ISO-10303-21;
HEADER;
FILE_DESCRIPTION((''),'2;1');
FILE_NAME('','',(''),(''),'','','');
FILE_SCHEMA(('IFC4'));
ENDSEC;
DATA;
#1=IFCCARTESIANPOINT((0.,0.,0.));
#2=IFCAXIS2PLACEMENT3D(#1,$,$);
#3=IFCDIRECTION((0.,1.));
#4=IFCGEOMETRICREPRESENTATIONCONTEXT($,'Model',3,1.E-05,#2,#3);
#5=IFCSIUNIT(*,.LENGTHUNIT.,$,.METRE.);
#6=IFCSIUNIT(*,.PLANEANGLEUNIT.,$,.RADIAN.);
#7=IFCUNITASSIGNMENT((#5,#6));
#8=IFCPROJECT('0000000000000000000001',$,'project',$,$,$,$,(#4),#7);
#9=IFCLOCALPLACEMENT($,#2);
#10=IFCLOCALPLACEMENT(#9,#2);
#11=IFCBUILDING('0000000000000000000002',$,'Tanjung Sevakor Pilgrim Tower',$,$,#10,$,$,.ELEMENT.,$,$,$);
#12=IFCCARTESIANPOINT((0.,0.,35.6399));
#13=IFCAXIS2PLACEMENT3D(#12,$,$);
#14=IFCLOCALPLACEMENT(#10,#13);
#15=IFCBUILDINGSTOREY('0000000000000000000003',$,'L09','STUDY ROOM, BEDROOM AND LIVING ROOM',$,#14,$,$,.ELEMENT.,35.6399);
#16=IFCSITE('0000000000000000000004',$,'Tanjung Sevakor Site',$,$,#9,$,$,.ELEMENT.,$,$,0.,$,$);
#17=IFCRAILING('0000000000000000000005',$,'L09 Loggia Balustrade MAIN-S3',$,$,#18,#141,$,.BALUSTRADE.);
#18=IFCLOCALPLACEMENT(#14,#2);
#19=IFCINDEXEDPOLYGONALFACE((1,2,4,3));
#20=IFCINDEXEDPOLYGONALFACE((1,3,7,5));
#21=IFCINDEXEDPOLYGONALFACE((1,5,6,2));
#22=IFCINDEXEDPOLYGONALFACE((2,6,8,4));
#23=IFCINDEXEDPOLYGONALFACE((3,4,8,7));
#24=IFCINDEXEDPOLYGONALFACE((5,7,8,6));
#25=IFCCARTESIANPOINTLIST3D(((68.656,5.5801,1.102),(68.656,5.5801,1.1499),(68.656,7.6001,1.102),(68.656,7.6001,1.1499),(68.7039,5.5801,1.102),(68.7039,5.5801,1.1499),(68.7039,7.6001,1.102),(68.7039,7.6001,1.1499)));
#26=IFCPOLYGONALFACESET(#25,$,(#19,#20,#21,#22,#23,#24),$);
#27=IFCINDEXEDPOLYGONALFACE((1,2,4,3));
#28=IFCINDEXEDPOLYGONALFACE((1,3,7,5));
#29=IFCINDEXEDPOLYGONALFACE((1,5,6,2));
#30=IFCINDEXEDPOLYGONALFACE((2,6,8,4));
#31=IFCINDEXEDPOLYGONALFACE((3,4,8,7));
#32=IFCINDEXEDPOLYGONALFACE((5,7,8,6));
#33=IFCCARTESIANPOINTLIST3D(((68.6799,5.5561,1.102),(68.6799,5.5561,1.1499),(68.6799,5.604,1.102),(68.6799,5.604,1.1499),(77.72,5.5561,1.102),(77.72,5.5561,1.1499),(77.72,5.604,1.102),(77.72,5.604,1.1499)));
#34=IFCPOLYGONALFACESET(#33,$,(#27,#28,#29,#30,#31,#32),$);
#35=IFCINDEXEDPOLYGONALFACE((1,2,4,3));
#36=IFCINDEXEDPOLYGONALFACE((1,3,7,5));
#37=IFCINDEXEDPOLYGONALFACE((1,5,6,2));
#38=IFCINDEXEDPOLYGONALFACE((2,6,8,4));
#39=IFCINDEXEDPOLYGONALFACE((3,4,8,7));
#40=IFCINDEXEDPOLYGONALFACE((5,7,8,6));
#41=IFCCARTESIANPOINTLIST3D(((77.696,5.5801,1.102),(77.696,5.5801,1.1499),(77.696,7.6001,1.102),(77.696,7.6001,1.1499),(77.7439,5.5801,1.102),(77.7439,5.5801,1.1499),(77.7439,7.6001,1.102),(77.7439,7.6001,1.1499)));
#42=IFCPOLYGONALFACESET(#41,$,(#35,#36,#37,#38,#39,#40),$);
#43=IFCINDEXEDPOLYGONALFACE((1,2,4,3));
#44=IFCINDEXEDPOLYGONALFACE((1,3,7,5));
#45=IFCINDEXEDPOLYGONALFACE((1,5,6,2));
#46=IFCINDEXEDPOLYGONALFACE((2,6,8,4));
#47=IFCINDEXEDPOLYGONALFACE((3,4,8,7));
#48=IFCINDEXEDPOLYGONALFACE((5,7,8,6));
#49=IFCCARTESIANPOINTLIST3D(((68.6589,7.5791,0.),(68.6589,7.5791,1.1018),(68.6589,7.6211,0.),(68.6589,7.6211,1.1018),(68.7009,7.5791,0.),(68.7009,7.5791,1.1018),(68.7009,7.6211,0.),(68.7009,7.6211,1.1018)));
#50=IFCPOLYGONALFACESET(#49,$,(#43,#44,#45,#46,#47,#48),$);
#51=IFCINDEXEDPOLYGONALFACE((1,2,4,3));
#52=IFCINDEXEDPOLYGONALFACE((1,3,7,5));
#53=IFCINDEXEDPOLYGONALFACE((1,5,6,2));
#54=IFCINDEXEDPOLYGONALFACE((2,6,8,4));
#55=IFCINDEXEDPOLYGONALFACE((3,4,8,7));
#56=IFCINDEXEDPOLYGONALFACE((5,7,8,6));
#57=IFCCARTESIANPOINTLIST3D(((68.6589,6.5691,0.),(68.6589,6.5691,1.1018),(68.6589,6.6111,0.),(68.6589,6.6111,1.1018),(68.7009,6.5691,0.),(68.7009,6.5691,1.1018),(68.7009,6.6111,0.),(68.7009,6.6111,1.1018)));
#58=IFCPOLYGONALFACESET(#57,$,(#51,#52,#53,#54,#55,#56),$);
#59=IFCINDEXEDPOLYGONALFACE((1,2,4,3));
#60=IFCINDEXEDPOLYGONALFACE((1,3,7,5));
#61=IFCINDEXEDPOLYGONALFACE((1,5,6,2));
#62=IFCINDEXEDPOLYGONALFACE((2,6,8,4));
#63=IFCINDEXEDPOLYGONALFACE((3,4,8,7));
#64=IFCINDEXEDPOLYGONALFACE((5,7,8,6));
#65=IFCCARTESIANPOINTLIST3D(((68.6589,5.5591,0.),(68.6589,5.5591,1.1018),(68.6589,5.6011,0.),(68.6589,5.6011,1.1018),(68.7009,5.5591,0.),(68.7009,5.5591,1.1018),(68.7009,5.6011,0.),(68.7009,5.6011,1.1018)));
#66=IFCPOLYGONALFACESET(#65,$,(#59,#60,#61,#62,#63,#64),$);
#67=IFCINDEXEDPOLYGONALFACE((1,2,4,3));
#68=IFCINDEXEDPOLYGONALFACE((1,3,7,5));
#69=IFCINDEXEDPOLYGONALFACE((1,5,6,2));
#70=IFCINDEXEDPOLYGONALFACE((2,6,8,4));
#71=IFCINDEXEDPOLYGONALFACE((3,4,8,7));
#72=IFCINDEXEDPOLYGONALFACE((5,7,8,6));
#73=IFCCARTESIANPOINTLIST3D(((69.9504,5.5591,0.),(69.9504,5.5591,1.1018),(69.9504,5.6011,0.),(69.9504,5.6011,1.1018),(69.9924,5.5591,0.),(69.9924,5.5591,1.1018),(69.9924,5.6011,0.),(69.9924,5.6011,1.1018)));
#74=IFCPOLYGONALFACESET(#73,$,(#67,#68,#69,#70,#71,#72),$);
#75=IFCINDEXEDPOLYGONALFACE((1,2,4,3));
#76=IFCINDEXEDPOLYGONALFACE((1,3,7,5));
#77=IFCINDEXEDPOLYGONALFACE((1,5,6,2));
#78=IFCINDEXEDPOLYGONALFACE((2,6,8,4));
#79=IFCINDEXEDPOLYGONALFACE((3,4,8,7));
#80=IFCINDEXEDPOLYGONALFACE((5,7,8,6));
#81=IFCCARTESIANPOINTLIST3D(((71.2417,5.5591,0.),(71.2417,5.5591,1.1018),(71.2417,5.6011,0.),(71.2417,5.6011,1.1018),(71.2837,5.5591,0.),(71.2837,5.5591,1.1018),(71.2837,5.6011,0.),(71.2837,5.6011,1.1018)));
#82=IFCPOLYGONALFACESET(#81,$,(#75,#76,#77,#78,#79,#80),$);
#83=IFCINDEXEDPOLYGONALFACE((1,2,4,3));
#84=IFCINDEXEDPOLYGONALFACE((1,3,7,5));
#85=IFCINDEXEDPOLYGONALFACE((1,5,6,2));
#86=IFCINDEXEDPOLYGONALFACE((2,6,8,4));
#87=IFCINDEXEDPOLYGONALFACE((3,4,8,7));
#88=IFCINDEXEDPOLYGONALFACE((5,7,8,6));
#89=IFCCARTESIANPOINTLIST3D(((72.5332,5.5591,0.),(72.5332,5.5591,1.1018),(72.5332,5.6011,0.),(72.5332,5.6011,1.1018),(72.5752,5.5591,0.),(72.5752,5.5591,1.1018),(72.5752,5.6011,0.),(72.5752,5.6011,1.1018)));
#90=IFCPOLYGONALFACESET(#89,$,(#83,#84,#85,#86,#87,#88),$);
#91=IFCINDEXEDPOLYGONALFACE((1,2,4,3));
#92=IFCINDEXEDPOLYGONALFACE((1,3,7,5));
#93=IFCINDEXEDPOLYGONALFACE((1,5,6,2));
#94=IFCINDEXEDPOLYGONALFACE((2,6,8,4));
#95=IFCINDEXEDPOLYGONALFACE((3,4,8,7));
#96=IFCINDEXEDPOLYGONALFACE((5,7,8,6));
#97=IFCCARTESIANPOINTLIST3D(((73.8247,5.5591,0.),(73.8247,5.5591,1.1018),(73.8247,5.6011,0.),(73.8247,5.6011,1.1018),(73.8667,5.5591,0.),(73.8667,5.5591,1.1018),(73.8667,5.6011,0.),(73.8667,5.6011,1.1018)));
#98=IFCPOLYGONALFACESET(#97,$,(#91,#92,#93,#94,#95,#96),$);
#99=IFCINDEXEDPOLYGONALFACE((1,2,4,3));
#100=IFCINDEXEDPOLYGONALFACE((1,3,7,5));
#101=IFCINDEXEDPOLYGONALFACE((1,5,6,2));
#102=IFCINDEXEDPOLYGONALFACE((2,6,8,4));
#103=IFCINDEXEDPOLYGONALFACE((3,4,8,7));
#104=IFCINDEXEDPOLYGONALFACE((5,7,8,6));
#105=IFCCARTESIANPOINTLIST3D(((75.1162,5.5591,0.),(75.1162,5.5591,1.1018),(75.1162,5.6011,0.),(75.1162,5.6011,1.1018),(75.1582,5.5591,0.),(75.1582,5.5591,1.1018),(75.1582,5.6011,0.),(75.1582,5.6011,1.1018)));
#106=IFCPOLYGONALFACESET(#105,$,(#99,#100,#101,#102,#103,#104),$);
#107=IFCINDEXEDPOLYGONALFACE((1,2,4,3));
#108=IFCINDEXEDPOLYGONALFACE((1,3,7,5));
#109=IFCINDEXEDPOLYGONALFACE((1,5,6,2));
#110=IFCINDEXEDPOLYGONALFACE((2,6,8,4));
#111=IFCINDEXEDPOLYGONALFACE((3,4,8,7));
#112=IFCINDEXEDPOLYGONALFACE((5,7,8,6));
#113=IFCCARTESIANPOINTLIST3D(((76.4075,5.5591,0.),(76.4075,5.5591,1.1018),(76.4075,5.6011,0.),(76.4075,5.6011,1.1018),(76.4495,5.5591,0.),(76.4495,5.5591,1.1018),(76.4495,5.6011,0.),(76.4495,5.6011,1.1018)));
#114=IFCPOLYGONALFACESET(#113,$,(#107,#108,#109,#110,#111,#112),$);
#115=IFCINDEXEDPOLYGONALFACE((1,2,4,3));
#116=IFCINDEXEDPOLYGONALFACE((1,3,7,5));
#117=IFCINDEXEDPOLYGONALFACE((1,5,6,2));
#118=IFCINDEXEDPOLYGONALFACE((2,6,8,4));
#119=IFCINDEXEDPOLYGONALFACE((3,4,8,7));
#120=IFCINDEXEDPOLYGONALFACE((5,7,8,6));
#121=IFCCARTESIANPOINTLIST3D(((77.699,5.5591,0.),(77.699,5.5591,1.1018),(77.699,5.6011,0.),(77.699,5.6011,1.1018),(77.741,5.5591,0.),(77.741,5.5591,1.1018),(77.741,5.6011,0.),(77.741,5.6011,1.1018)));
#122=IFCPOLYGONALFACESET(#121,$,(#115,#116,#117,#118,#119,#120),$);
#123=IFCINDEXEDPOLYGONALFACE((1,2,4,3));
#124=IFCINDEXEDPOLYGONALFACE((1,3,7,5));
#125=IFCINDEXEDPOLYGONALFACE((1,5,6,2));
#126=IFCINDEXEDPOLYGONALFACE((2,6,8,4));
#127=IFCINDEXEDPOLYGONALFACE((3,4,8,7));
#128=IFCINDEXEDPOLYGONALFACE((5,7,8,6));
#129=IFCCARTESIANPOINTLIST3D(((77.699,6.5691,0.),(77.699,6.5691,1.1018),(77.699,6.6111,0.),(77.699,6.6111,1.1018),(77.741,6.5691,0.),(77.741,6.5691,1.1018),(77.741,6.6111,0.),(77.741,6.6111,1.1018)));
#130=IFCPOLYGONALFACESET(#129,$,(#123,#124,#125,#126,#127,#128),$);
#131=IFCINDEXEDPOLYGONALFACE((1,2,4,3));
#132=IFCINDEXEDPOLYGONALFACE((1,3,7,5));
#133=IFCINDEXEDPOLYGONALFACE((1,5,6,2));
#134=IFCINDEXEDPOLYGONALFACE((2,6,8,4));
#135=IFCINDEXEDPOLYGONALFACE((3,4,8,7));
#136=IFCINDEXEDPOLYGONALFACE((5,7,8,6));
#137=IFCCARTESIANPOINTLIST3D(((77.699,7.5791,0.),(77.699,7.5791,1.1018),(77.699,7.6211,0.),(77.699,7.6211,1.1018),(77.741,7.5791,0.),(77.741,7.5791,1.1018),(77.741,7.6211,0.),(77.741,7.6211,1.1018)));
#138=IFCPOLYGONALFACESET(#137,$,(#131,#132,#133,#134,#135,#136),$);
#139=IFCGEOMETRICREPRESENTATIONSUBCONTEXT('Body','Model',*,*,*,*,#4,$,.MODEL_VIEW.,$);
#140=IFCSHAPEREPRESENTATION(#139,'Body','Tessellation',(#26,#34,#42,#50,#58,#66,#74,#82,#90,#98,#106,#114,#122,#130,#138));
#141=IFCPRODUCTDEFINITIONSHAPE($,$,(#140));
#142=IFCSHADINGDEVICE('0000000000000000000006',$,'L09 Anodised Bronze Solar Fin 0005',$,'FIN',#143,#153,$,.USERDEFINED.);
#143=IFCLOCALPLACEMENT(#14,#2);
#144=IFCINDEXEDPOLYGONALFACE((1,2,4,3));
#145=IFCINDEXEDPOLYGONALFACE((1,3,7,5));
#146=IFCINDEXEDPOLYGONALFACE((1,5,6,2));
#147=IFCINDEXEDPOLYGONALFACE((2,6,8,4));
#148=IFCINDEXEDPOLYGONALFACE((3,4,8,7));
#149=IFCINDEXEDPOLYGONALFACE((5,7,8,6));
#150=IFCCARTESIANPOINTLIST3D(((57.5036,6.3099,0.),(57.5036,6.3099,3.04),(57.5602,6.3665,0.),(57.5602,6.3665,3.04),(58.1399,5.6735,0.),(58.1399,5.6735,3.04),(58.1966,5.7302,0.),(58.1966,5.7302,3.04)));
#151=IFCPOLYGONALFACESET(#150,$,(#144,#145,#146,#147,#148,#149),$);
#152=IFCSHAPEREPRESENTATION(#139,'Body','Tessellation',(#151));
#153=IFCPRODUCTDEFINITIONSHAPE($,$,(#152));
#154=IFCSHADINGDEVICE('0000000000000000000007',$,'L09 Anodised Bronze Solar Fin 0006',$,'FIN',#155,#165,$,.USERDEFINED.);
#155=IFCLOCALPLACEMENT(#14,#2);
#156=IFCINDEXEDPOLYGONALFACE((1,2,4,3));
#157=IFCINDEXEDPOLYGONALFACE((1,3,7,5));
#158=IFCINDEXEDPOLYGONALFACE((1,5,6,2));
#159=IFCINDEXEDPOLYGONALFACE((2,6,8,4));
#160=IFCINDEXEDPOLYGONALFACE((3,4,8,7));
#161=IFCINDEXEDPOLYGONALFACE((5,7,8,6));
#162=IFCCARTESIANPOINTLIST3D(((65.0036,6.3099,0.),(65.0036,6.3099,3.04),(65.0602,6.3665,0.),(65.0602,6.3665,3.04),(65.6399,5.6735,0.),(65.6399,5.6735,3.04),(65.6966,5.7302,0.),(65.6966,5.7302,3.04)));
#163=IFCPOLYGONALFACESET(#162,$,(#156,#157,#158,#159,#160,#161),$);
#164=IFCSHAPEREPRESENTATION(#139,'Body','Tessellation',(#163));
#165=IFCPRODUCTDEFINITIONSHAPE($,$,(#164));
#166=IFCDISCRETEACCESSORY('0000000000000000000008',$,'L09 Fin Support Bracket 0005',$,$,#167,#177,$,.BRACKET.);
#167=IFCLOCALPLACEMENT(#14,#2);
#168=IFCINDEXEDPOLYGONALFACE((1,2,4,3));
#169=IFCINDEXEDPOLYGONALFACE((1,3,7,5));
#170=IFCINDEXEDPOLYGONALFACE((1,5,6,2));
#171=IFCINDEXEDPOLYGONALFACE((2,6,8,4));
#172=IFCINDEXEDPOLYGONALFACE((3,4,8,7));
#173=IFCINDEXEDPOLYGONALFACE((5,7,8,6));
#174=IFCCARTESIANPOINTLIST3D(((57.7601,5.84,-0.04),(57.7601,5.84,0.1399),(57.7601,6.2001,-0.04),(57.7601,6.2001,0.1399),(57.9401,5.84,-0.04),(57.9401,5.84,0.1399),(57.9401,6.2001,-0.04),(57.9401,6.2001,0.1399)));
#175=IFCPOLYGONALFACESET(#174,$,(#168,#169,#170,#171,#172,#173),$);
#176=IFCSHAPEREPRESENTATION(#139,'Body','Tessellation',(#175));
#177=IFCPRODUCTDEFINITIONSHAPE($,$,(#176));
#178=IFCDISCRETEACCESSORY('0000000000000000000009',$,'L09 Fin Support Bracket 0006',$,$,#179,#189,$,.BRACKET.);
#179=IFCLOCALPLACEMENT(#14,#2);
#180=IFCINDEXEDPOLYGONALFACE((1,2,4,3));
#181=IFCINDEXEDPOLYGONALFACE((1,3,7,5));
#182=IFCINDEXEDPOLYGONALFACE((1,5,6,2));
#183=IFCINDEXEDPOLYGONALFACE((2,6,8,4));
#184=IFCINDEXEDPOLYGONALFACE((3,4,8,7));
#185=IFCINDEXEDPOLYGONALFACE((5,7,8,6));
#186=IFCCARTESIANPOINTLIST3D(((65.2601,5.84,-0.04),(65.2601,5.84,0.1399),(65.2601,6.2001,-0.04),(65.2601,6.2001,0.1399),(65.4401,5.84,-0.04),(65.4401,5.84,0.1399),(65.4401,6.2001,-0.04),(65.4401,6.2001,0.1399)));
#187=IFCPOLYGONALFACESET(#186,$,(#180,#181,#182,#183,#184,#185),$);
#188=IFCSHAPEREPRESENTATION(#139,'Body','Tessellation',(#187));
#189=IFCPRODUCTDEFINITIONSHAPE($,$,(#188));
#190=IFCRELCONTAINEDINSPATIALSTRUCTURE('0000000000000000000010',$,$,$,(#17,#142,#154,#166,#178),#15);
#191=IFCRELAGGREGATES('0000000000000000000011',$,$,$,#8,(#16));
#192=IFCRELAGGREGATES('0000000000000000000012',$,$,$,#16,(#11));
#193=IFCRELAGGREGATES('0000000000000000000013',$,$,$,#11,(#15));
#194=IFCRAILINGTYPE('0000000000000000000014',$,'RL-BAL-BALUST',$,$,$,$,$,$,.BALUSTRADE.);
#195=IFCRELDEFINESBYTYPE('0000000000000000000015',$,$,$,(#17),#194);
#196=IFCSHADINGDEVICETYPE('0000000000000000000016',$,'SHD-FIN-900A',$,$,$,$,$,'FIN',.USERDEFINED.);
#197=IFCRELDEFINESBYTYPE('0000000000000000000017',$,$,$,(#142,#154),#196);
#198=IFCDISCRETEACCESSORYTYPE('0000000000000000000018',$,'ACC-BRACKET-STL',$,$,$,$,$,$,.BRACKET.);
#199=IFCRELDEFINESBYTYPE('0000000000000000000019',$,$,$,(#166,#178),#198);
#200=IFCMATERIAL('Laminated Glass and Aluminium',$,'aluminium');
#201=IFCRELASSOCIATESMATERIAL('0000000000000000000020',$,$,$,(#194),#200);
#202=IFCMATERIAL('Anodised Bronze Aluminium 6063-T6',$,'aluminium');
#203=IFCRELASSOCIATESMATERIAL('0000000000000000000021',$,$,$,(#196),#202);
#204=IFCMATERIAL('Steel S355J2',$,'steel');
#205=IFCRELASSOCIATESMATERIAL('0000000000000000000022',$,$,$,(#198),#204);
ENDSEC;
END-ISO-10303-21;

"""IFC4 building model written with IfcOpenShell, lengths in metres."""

from ifc_helpers import new_model, si_unit, direction, frame, origin, origin_2d, place, context, subcontext, project, spatial, rectangle, extrude, material, type_object, element, save


model = new_model("IFC4")

# Units and contexts
model_context = context("Model", 3, precision=1e-05, world=origin(), true_north=direction((0.0, 1.0)))
body_context = subcontext(model_context, "Body", "Model", "MODEL_VIEW")
ifc_project = project(units=[si_unit("LENGTHUNIT", "METRE"), si_unit("PLANEANGLEUNIT", "RADIAN")], contexts=[model_context])

# Site, building, storey
site_placement = place(None, origin())
site = spatial("IfcSite", under=ifc_project, at=site_placement, Name="Tanjung Sevakor Site", CompositionType="ELEMENT", RefElevation=0.0)
building_placement = place(site_placement, origin())
building = spatial("IfcBuilding", under=site, at=building_placement, Name="Tanjung Sevakor Pilgrim Tower", CompositionType="ELEMENT")
storey_placement = place(building_placement, frame((0.0, 0.0, 35.6399)))
storey = spatial("IfcBuildingStorey", under=building, at=storey_placement, Name="L09", Description="STUDY ROOM, BEDROOM AND LIVING ROOM", CompositionType="ELEMENT", Elevation=35.6399)

# Railing
ifc_material_1 = material(Name="Laminated Glass and Aluminium", Category="aluminium")
railing_type = type_object("IfcRailingType", Name="RL-BAL-BALUST", PredefinedType="BALUSTRADE", material=ifc_material_1)
railing_1_placement = place(storey_placement, frame((68.6799, 7.6001, 0.0)))
element("IfcRailing", 1, at=railing_1_placement, inside=storey, type_object=railing_type, Name="L09 Loggia Balustrade MAIN-S3", PredefinedType="BALUSTRADE", context=body_context, shape_type="SweptSolid", body=[
    extrude(rectangle(XDim=0.0479, YDim=0.0479), frame((0.0, 0.0, 1.126), z_axis=(0.0, -1.0, 0.0), x_axis=(1.0, 0.0, 0.0)), (0.0, 0.0, 1.0), 2.02),
    extrude(rectangle(XDim=0.0479, YDim=0.0479), frame((0.0, -2.02, 1.126), z_axis=(1.0, 0.0, 0.0), x_axis=(0.0, 1.0, 0.0)), (0.0, 0.0, 1.0), 9.04),
    extrude(rectangle(XDim=0.0479, YDim=0.0479), frame((9.04, -2.02, 1.126), z_axis=(0.0, 1.0, 0.0), x_axis=(-1.0, 0.0, 0.0)), (0.0, 0.0, 1.0), 2.02),
    extrude(rectangle(XDim=0.042, YDim=0.042), origin(), (0.0, 0.0, 1.0), 1.1018),
    extrude(rectangle(XDim=0.042, YDim=0.042), frame((0.0, -1.01, 0.0)), (0.0, 0.0, 1.0), 1.1018),
    extrude(rectangle(XDim=0.042, YDim=0.042), frame((0.0, -2.02, 0.0)), (0.0, 0.0, 1.0), 1.1018),
    extrude(rectangle(XDim=0.042, YDim=0.042), frame((1.2915, -2.02, 0.0)), (0.0, 0.0, 1.0), 1.1018),
    extrude(rectangle(XDim=0.042, YDim=0.042), frame((2.5828, -2.02, 0.0)), (0.0, 0.0, 1.0), 1.1018),
    extrude(rectangle(XDim=0.042, YDim=0.042), frame((3.8743, -2.02, 0.0)), (0.0, 0.0, 1.0), 1.1018),
    extrude(rectangle(XDim=0.042, YDim=0.042), frame((5.1658, -2.02, 0.0)), (0.0, 0.0, 1.0), 1.1018),
    extrude(rectangle(XDim=0.042, YDim=0.042), frame((6.4573, -2.02, 0.0)), (0.0, 0.0, 1.0), 1.1018),
    extrude(rectangle(XDim=0.042, YDim=0.042), frame((7.7485, -2.02, 0.0)), (0.0, 0.0, 1.0), 1.1018),
    extrude(rectangle(XDim=0.042, YDim=0.042), frame((9.04, -2.02, 0.0)), (0.0, 0.0, 1.0), 1.1018),
    extrude(rectangle(XDim=0.042, YDim=0.042), frame((9.04, -1.01, 0.0)), (0.0, 0.0, 1.0), 1.1018),
    extrude(rectangle(XDim=0.042, YDim=0.042), frame((9.04, 0.0, 0.0)), (0.0, 0.0, 1.0), 1.1018),
])

# Shading devices
ifc_material_2 = material(Name="Anodised Bronze Aluminium 6063-T6", Category="aluminium")
shading_device_type = type_object("IfcShadingDeviceType", Name="SHD-FIN-900A", ElementType="FIN", PredefinedType="USERDEFINED", material=ifc_material_2)
for number, where, z_axis, x_axis, name in (
    (2, (57.8501, 6.02, 0.0), (0.0, 0.0, 1.0), (0.707107, 0.707107, 0.0), "L09 Anodised Bronze Solar Fin 0005"),
    (3, (65.3501, 6.02, 0.0), (0.0, 0.0, 1.0), (0.707107, 0.707107, 0.0), "L09 Anodised Bronze Solar Fin 0006"),
):
    element("IfcShadingDevice", number, at=place(storey_placement, frame(where, z_axis=z_axis, x_axis=x_axis)), inside=storey, type_object=shading_device_type, Name=name, ObjectType="FIN", PredefinedType="USERDEFINED", context=body_context, shape_type="SweptSolid", body=[
        extrude(rectangle(XDim=0.0801, YDim=0.8999, at=origin_2d()), origin(), (0.0, 0.0, 1.0), 3.04),
    ])

# Discrete accessories
ifc_material_3 = material(Name="Steel S355J2", Category="steel")
discrete_accessory_type = type_object("IfcDiscreteAccessoryType", Name="ACC-BRACKET-STL", PredefinedType="BRACKET", material=ifc_material_3)
for number, where, z_axis, x_axis, name in (
    (4, (57.8501, 6.02, -0.04), (0.0, 0.0, 1.0), (1.0, 0.0, 0.0), "L09 Fin Support Bracket 0005"),
    (5, (65.3501, 6.02, -0.04), (0.0, 0.0, 1.0), (1.0, 0.0, 0.0), "L09 Fin Support Bracket 0006"),
):
    element("IfcDiscreteAccessory", number, at=place(storey_placement, frame(where, z_axis=z_axis, x_axis=x_axis)), inside=storey, type_object=discrete_accessory_type, Name=name, PredefinedType="BRACKET", context=body_context, shape_type="SweptSolid", body=[
        extrude(rectangle(XDim=0.1799, YDim=0.3601, at=origin_2d()), origin(), (0.0, 0.0, 1.0), 0.1799),
    ])

save(model, "model.ifc")
